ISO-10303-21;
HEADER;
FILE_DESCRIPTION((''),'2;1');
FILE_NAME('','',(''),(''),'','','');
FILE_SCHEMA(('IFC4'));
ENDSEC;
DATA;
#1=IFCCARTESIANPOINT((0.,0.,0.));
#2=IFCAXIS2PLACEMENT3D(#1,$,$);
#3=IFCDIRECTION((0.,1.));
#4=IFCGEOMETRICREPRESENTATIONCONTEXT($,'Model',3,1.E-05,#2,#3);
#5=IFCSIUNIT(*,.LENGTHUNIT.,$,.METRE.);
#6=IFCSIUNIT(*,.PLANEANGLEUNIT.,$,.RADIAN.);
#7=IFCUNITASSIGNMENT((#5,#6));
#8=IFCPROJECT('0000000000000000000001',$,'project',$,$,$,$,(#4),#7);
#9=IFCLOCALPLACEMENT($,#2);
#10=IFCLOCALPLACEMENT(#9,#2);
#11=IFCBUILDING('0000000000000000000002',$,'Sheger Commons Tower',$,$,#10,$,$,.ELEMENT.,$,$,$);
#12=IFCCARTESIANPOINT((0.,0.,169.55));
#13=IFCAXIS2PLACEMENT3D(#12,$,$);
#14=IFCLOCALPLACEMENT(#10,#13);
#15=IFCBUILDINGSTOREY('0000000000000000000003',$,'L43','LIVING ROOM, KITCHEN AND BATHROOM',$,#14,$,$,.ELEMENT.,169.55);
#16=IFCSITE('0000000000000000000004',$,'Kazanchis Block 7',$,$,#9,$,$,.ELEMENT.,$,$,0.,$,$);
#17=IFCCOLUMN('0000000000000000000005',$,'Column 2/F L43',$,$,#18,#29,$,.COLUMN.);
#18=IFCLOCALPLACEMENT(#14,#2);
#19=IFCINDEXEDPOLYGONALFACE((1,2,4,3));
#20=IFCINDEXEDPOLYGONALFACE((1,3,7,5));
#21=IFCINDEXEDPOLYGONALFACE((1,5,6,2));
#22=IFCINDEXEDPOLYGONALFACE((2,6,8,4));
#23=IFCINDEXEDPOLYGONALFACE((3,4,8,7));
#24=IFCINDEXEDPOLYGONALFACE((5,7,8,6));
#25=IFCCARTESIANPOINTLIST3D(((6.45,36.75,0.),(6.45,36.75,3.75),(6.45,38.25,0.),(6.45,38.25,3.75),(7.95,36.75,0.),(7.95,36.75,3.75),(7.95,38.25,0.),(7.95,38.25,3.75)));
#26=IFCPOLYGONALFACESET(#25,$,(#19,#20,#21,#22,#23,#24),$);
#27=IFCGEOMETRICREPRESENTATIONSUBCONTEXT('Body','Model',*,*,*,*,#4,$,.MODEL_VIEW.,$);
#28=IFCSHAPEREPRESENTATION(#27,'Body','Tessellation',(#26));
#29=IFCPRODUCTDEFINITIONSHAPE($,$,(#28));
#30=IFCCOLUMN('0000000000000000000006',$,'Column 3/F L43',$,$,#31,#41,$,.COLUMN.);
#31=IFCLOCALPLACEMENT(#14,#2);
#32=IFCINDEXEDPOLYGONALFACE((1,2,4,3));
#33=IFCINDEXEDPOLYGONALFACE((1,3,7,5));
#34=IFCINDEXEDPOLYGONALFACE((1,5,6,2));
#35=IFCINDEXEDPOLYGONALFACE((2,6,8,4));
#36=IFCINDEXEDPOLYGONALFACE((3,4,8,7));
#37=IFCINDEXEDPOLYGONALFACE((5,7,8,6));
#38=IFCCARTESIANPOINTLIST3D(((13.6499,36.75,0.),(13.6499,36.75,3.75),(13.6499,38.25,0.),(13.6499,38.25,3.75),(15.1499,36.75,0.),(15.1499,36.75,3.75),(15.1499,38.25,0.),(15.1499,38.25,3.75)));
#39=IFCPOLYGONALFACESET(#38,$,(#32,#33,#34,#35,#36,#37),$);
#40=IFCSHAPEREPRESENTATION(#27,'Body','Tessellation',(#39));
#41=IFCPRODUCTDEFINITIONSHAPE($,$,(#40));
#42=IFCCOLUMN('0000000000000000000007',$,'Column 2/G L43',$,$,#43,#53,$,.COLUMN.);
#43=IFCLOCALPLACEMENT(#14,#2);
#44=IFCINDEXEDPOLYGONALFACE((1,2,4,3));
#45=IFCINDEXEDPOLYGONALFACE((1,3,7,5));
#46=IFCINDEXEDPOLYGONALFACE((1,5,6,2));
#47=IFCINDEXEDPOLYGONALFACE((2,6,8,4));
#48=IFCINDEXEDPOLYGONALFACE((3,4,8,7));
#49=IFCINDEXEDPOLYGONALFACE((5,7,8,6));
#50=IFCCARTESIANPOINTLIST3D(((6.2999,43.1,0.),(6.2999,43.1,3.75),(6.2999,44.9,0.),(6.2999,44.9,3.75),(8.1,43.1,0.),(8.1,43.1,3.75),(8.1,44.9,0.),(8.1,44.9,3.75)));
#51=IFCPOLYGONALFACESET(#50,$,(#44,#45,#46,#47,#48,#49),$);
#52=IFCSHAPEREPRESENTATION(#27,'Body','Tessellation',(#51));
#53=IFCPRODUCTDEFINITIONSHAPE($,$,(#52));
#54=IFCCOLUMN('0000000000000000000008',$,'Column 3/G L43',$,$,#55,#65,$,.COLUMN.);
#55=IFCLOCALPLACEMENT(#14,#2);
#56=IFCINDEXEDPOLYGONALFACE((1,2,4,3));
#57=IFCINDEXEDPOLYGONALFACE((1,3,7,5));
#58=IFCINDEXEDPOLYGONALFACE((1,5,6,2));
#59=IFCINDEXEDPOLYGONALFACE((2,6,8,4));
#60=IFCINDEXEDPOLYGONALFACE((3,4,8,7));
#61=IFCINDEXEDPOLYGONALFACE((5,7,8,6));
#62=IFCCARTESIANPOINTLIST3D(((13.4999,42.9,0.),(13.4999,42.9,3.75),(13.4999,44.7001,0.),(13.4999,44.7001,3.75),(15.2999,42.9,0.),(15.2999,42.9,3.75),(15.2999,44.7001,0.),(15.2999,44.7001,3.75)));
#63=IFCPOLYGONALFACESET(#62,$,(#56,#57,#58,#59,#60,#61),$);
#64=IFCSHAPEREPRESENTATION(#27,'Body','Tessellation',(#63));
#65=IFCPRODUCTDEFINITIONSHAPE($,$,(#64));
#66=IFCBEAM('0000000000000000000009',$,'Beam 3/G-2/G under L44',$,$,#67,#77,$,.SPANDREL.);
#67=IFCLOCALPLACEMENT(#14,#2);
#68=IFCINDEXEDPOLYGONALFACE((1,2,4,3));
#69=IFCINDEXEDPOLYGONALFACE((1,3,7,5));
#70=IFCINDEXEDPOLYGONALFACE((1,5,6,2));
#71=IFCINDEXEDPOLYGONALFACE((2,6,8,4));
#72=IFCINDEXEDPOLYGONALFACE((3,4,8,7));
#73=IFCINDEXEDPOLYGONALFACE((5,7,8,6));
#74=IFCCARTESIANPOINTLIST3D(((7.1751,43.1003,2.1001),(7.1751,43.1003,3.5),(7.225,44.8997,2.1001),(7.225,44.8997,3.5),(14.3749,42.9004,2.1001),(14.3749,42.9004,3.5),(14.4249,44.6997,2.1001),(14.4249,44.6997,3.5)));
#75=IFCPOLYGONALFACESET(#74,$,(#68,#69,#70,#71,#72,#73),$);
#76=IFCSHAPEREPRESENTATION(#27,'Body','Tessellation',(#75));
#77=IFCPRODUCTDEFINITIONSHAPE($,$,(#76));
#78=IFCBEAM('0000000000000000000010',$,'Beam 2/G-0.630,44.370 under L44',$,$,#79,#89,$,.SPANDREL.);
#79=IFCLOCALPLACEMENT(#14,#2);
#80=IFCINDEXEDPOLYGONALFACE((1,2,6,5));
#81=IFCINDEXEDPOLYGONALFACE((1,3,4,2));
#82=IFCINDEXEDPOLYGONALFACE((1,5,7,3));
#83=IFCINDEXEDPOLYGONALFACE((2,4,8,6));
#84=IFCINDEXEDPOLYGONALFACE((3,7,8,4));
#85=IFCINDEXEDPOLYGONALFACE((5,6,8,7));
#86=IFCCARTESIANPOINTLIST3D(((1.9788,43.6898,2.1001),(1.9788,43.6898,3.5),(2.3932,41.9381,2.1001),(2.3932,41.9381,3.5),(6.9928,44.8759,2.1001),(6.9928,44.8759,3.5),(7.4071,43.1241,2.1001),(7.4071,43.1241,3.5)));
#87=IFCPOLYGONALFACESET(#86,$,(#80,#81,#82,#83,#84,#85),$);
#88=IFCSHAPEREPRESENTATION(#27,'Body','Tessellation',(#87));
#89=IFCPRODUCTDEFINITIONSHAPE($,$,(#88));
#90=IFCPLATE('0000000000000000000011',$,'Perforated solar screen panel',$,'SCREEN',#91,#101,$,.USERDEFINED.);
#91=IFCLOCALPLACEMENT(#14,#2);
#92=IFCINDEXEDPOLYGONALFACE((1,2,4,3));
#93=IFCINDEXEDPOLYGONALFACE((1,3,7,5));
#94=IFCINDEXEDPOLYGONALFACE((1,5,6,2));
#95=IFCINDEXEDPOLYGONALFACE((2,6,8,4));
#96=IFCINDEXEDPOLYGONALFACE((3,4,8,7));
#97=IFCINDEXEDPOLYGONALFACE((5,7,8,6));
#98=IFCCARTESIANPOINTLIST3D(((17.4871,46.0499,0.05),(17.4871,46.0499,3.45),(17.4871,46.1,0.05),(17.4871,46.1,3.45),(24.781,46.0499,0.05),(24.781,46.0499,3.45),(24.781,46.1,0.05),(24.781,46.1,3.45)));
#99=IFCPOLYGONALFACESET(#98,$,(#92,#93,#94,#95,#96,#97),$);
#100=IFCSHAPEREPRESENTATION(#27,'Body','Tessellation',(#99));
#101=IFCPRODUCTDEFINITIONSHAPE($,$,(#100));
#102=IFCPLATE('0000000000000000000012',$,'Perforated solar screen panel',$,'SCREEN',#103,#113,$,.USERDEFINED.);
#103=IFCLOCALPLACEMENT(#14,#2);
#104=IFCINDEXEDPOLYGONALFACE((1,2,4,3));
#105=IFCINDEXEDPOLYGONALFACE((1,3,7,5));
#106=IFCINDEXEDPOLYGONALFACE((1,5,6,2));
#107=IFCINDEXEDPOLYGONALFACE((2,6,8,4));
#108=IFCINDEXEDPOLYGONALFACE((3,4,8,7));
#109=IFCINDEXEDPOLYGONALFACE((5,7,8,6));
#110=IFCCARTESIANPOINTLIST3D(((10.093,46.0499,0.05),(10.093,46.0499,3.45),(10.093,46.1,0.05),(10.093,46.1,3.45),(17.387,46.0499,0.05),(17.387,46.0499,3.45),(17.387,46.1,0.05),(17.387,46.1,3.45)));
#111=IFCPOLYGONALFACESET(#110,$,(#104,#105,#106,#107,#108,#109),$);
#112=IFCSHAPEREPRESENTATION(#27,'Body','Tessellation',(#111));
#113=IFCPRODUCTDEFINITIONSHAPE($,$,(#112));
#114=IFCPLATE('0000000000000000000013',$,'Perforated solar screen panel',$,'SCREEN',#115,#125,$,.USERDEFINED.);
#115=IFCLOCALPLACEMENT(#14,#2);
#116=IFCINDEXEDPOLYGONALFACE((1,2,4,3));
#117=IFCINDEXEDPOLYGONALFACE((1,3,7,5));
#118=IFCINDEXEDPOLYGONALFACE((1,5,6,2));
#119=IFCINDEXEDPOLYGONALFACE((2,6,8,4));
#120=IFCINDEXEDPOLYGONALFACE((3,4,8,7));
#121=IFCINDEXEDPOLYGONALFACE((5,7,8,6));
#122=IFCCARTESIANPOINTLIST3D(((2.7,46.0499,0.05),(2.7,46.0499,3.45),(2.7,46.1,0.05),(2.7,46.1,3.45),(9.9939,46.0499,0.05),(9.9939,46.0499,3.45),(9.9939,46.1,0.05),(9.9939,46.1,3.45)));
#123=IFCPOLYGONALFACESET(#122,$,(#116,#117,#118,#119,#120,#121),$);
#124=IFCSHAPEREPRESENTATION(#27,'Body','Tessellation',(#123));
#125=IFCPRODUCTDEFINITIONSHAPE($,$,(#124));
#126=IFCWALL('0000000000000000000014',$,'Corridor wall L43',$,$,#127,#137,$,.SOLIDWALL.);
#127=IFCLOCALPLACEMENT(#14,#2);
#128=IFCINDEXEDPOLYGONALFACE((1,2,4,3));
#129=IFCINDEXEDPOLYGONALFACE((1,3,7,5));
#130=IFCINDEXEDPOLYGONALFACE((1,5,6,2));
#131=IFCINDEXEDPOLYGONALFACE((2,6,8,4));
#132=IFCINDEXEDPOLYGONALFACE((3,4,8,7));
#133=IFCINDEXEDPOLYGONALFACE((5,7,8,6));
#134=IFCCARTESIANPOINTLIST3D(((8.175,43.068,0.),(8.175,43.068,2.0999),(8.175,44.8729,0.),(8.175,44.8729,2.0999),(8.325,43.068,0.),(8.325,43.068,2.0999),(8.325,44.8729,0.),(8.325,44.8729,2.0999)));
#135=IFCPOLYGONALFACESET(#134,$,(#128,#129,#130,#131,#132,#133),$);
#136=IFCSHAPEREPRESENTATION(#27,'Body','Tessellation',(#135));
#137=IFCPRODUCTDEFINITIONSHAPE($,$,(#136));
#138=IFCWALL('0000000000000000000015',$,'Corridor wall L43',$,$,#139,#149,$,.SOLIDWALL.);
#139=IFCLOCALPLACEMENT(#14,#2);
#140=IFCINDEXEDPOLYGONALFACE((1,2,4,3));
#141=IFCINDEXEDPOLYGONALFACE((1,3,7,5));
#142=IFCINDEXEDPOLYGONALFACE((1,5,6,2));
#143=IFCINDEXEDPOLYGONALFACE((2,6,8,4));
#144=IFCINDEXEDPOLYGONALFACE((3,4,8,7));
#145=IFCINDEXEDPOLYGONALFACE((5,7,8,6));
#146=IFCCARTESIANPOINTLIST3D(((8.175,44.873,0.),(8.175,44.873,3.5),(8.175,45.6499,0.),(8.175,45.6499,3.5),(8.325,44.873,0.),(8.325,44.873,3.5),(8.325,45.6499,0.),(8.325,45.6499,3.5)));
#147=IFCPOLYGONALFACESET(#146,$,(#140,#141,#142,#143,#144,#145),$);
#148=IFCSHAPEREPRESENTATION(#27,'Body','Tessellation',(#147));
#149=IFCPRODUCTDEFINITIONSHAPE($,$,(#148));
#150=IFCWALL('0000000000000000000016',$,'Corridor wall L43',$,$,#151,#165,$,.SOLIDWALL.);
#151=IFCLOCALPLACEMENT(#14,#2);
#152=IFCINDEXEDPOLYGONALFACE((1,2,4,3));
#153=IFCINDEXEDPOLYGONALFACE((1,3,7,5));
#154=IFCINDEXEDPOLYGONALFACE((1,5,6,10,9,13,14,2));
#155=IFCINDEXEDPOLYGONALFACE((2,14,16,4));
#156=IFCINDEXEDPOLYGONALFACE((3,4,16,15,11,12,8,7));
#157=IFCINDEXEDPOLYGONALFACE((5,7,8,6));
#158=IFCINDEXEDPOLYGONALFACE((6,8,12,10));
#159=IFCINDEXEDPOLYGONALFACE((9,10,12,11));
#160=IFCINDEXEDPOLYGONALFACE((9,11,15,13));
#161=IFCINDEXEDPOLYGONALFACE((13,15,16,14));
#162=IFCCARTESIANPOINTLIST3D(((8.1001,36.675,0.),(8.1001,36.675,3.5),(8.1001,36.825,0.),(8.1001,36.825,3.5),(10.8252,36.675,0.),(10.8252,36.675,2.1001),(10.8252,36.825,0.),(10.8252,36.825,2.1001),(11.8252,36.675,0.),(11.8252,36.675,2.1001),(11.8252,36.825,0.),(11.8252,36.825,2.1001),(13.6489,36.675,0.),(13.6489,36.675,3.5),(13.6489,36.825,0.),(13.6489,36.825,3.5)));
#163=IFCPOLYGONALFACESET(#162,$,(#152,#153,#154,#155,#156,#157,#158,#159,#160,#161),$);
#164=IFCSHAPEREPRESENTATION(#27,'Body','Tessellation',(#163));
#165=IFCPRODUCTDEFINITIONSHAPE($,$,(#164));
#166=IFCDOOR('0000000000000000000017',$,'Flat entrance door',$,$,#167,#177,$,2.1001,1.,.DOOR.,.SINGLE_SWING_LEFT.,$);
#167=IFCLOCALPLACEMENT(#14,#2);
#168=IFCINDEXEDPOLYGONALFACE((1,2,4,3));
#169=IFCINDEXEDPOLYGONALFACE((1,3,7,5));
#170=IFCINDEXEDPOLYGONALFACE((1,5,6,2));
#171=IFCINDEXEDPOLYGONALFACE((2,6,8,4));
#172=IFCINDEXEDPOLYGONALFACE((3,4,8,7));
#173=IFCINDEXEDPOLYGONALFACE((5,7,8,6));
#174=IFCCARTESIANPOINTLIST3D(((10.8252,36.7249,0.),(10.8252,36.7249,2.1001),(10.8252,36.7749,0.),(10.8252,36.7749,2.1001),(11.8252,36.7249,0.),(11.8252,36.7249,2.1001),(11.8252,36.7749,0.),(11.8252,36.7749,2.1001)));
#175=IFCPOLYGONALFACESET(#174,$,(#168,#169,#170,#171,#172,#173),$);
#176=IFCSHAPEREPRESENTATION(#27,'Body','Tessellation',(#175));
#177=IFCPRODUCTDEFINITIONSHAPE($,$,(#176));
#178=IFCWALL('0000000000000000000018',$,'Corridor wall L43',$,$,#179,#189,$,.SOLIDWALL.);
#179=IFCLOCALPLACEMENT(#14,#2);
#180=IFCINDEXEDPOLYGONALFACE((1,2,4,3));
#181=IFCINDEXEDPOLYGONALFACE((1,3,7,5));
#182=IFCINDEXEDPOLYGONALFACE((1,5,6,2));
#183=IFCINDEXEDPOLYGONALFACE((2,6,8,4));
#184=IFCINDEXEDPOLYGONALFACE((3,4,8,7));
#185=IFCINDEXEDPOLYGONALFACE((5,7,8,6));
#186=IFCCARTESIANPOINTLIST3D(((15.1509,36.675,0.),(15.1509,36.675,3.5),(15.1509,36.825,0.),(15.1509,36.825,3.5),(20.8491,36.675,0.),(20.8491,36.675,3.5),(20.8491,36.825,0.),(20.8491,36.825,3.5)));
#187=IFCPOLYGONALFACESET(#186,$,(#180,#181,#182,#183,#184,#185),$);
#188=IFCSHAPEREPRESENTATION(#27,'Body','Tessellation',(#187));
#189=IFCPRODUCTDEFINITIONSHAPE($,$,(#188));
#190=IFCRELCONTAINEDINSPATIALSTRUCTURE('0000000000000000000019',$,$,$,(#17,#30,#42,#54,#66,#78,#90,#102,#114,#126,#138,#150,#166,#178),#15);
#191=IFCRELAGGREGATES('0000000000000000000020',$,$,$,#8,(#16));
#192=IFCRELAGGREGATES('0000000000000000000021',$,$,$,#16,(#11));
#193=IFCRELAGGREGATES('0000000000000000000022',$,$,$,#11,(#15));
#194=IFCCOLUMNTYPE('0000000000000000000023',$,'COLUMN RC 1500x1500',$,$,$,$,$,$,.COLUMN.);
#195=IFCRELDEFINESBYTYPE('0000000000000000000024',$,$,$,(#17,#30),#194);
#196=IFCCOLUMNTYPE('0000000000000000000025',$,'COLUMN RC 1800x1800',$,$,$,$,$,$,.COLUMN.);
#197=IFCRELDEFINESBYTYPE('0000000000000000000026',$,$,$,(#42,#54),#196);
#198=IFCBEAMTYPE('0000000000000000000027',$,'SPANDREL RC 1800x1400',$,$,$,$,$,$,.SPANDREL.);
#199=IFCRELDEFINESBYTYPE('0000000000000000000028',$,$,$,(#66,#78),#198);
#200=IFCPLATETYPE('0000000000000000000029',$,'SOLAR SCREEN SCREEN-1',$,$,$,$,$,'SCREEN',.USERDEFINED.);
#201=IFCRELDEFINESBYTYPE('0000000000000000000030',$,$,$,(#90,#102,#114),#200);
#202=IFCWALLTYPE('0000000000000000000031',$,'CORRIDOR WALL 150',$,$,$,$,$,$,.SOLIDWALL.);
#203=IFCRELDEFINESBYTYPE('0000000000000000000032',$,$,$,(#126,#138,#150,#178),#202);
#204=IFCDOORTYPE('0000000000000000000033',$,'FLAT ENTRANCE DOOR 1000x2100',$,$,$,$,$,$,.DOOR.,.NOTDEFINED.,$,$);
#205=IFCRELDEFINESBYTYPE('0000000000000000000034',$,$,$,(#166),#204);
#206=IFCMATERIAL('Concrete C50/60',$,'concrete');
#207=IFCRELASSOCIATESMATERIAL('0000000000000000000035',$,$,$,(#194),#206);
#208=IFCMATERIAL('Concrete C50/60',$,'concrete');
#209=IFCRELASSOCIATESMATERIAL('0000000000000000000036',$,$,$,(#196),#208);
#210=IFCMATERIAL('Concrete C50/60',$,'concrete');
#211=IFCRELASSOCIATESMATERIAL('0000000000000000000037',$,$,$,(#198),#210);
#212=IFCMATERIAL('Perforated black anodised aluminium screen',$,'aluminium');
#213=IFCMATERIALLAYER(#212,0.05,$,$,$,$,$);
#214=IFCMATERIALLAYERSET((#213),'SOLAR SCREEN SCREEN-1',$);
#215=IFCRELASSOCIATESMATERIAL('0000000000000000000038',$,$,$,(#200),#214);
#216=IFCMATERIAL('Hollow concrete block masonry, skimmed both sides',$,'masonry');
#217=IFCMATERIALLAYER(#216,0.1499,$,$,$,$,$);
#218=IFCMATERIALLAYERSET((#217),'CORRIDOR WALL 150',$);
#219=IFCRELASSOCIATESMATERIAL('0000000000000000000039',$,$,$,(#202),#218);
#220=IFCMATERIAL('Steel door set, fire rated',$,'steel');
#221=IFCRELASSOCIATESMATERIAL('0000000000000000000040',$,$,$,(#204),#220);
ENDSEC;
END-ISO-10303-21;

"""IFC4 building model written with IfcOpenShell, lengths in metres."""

from ifc_helpers import new_model, si_unit, direction, frame, frame_2d, origin, origin_2d, place, context, subcontext, project, spatial, rectangle, extrude, material, layer, layer_set, material_profile, profile_set, type_object, element, fill, save


model = new_model("IFC4")

# Units and contexts
model_context = context("Model", 3, precision=1e-05, world=origin(), true_north=direction((0.0, 1.0)))
body_context = subcontext(model_context, "Body", "Model", "MODEL_VIEW")
ifc_project = project(units=[si_unit("LENGTHUNIT", "METRE"), si_unit("PLANEANGLEUNIT", "RADIAN")], contexts=[model_context])

# Site, building, storey
site_placement = place(None, origin())
site = spatial("IfcSite", under=ifc_project, at=site_placement, Name="Kazanchis Block 7", CompositionType="ELEMENT", RefElevation=0.0)
building_placement = place(site_placement, origin())
building = spatial("IfcBuilding", under=site, at=building_placement, Name="Sheger Commons Tower", CompositionType="ELEMENT")
storey_placement = place(building_placement, frame((0.0, 0.0, 169.55)))
storey = spatial("IfcBuildingStorey", under=building, at=storey_placement, Name="L43", Description="LIVING ROOM, KITCHEN AND BATHROOM", CompositionType="ELEMENT", Elevation=169.55)

# Columns
ifc_material_1 = material(Name="Concrete C50/60", Category="concrete")
ifc_material_profile_1 = material_profile(ifc_material_1, rectangle(XDim=1.5, YDim=1.5, at=origin_2d()), Name="RC 1500x1500")
ifc_profile_set_1 = profile_set([ifc_material_profile_1], Name="Concrete C50/60")
column_type_1 = type_object("IfcColumnType", Name="COLUMN RC 1500x1500", PredefinedType="COLUMN", material=ifc_profile_set_1)
for number, where, z_axis, x_axis, name in (
    (1, (7.2, 37.5, 0.0), (0.0, 0.0, 1.0), (1.0, 0.0, 0.0), "Column 2/F L43"),
    (2, (14.3999, 37.5, 0.0), (0.0, 0.0, 1.0), (1.0, 0.0, 0.0), "Column 3/F L43"),
):
    element("IfcColumn", number, at=place(storey_placement, frame(where, z_axis=z_axis, x_axis=x_axis)), inside=storey, type_object=column_type_1, Name=name, PredefinedType="COLUMN", context=body_context, shape_type="SweptSolid", body=[
        extrude(rectangle(XDim=1.5, YDim=1.5, at=origin_2d()), origin(), (0.0, 0.0, 1.0), 3.75),
    ])
ifc_material_2 = material(Name="Concrete C50/60", Category="concrete")
ifc_material_profile_2 = material_profile(ifc_material_2, rectangle(XDim=1.8, YDim=1.8, at=origin_2d()), Name="RC 1800x1800")
ifc_profile_set_2 = profile_set([ifc_material_profile_2], Name="Concrete C50/60")
column_type_2 = type_object("IfcColumnType", Name="COLUMN RC 1800x1800", PredefinedType="COLUMN", material=ifc_profile_set_2)
for number, where, z_axis, x_axis, name in (
    (3, (7.2, 44.0, 0.0), (0.0, 0.0, 1.0), (1.0, 0.0, 0.0), "Column 2/G L43"),
    (4, (14.3999, 43.8, 0.0), (0.0, 0.0, 1.0), (1.0, 0.0, 0.0), "Column 3/G L43"),
):
    element("IfcColumn", number, at=place(storey_placement, frame(where, z_axis=z_axis, x_axis=x_axis)), inside=storey, type_object=column_type_2, Name=name, PredefinedType="COLUMN", context=body_context, shape_type="SweptSolid", body=[
        extrude(rectangle(XDim=1.8, YDim=1.8, at=origin_2d()), origin(), (0.0, 0.0, 1.0), 3.75),
    ])

# Beams
ifc_material_3 = material(Name="Concrete C50/60", Category="concrete")
ifc_material_profile_3 = material_profile(ifc_material_3, rectangle(XDim=1.8, YDim=1.3999, at=origin_2d()), Name="RC 1800x1400")
ifc_profile_set_3 = profile_set([ifc_material_profile_3], Name="Concrete C50/60")
beam_type = type_object("IfcBeamType", Name="SPANDREL RC 1800x1400", PredefinedType="SPANDREL", material=ifc_profile_set_3)
beam_1_placement = place(storey_placement, frame((14.3999, 43.8, 2.8), z_axis=(-0.999615, 0.02776, 0.0), x_axis=(-0.02776, -0.999615, 0.0)))
element("IfcBeam", 5, at=beam_1_placement, inside=storey, type_object=beam_type, Name="Beam 3/G-2/G under L44", PredefinedType="SPANDREL", context=body_context, shape_type="SweptSolid", body=[
    extrude(rectangle(XDim=1.8, YDim=1.3999, at=origin_2d()), origin(), (0.0, 0.0, 1.0), 7.2026),
])
beam_2_placement = place(storey_placement, frame((7.2, 44.0, 2.8), z_axis=(-0.973144, -0.230196, 0.0), x_axis=(0.230196, -0.973144, 0.0)))
element("IfcBeam", 6, at=beam_2_placement, inside=storey, type_object=beam_type, Name="Beam 2/G-0.630,44.370 under L44", PredefinedType="SPANDREL", context=body_context, shape_type="SweptSolid", body=[
    extrude(rectangle(XDim=1.8, YDim=1.3999, at=origin_2d()), origin(), (0.0, 0.0, 1.0), 5.1523),
])

# Plates
ifc_material_4 = material(Name="Perforated black anodised aluminium screen", Category="aluminium")
ifc_layer_1 = layer(ifc_material_4, 0.05)
ifc_layer_set_1 = layer_set([ifc_layer_1], Name="SOLAR SCREEN SCREEN-1")
plate_type = type_object("IfcPlateType", Name="SOLAR SCREEN SCREEN-1", ElementType="SCREEN", PredefinedType="USERDEFINED", material=ifc_layer_set_1)
for number, where, z_axis, x_axis, name in (
    (7, (21.134, 46.075, 0.05), (0.0, 0.0, 1.0), (-1.0, 0.0, 0.0), "Perforated solar screen panel"),
    (8, (13.74, 46.075, 0.05), (0.0, 0.0, 1.0), (-1.0, 0.0, 0.0), "Perforated solar screen panel"),
    (9, (6.3469, 46.075, 0.05), (0.0, 0.0, 1.0), (-1.0, 0.0, 0.0), "Perforated solar screen panel"),
):
    element("IfcPlate", number, at=place(storey_placement, frame(where, z_axis=z_axis, x_axis=x_axis)), inside=storey, type_object=plate_type, Name=name, ObjectType="SCREEN", PredefinedType="USERDEFINED", context=body_context, shape_type="SweptSolid", body=[
        extrude(rectangle(XDim=7.2939, YDim=0.05, at=origin_2d()), origin(), (0.0, 0.0, 1.0), 3.3999),
    ])

# Walls
ifc_material_5 = material(Name="Hollow concrete block masonry, skimmed both sides", Category="masonry")
ifc_layer_2 = layer(ifc_material_5, 0.1499)
ifc_layer_set_2 = layer_set([ifc_layer_2], Name="CORRIDOR WALL 150")
wall_type_1 = type_object("IfcWallType", Name="CORRIDOR WALL 150", PredefinedType="SOLIDWALL", material=ifc_layer_set_2)
wall_1_placement = place(storey_placement, frame((8.25, 43.0681, 0.0), z_axis=(0.0, 0.0, 1.0), x_axis=(0.0, 1.0, 0.0)))
element("IfcWall", 10, at=wall_1_placement, inside=storey, type_object=wall_type_1, Name="Corridor wall L43", PredefinedType="SOLIDWALL", context=body_context, shape_type="SweptSolid", body=[
    extrude(rectangle(XDim=1.8049, YDim=0.1499, at=frame_2d((0.9023, 0.0))), origin(), (0.0, 0.0, 1.0), 2.0999),
])
wall_2_placement = place(storey_placement, frame((8.25, 44.873, 0.0), z_axis=(0.0, 0.0, 1.0), x_axis=(0.0, 1.0, 0.0)))
element("IfcWall", 11, at=wall_2_placement, inside=storey, type_object=wall_type_1, Name="Corridor wall L43", PredefinedType="SOLIDWALL", context=body_context, shape_type="SweptSolid", body=[
    extrude(rectangle(XDim=0.7769, YDim=0.1499, at=frame_2d((0.3884, 0.0))), origin(), (0.0, 0.0, 1.0), 3.5),
])

# Wall, opening, door
wall_3_placement = place(storey_placement, frame((8.1001, 36.75, 0.0), z_axis=(0.0, 0.0, 1.0), x_axis=(1.0, 0.0, 0.0)))
wall_3 = element("IfcWall", 12, at=wall_3_placement, inside=storey, type_object=wall_type_1, Name="Corridor wall L43", PredefinedType="SOLIDWALL", context=body_context, shape_type="SweptSolid", body=[
    extrude(rectangle(XDim=5.5488, YDim=0.1499, at=frame_2d((2.7744, 0.0))), origin(), (0.0, 0.0, 1.0), 3.5),
])
opening_1_placement = place(wall_3_placement, frame((2.7251, 0.0, 0.0)))
opening_1 = element("IfcOpeningElement", 13, at=opening_1_placement, cuts=wall_3, PredefinedType="OPENING", context=body_context, shape_type="SweptSolid", body=[
    extrude(rectangle(XDim=1.0, YDim=2.1001, at=frame_2d((0.5, 1.05))), frame((0.0, 0.085, 0.0), z_axis=(0.0, -1.0, 0.0), x_axis=(1.0, 0.0, 0.0)), (0.0, 0.0, 1.0), 0.1699),
])
ifc_material_6 = material(Name="Steel door set, fire rated", Category="steel")
door_type_1 = type_object("IfcDoorType", Name="FLAT ENTRANCE DOOR 1000x2100", OperationType="NOTDEFINED", PredefinedType="DOOR", material=ifc_material_6)
door_1_placement = place(opening_1_placement, origin())
door_1 = element("IfcDoor", 14, at=door_1_placement, inside=storey, type_object=door_type_1, Name="Flat entrance door", OperationType="SINGLE_SWING_LEFT", OverallHeight=2.1001, OverallWidth=1.0, PredefinedType="DOOR", context=body_context, shape_type="SweptSolid", body=[
    extrude(rectangle(XDim=1.0, YDim=2.1001, at=frame_2d((0.5, 1.05))), frame((0.0, 0.0249, 0.0), z_axis=(0.0, -1.0, 0.0), x_axis=(1.0, 0.0, 0.0)), (0.0, 0.0, 1.0), 0.05),
])
fill(opening_1, door_1)

# Wall
wall_4_placement = place(storey_placement, frame((15.1509, 36.75, 0.0), z_axis=(0.0, 0.0, 1.0), x_axis=(1.0, 0.0, 0.0)))
element("IfcWall", 15, at=wall_4_placement, inside=storey, type_object=wall_type_1, Name="Corridor wall L43", PredefinedType="SOLIDWALL", context=body_context, shape_type="SweptSolid", body=[
    extrude(rectangle(XDim=5.6982, YDim=0.1499, at=frame_2d((2.8491, 0.0))), origin(), (0.0, 0.0, 1.0), 3.5),
])

save(model, "model.ifc")
